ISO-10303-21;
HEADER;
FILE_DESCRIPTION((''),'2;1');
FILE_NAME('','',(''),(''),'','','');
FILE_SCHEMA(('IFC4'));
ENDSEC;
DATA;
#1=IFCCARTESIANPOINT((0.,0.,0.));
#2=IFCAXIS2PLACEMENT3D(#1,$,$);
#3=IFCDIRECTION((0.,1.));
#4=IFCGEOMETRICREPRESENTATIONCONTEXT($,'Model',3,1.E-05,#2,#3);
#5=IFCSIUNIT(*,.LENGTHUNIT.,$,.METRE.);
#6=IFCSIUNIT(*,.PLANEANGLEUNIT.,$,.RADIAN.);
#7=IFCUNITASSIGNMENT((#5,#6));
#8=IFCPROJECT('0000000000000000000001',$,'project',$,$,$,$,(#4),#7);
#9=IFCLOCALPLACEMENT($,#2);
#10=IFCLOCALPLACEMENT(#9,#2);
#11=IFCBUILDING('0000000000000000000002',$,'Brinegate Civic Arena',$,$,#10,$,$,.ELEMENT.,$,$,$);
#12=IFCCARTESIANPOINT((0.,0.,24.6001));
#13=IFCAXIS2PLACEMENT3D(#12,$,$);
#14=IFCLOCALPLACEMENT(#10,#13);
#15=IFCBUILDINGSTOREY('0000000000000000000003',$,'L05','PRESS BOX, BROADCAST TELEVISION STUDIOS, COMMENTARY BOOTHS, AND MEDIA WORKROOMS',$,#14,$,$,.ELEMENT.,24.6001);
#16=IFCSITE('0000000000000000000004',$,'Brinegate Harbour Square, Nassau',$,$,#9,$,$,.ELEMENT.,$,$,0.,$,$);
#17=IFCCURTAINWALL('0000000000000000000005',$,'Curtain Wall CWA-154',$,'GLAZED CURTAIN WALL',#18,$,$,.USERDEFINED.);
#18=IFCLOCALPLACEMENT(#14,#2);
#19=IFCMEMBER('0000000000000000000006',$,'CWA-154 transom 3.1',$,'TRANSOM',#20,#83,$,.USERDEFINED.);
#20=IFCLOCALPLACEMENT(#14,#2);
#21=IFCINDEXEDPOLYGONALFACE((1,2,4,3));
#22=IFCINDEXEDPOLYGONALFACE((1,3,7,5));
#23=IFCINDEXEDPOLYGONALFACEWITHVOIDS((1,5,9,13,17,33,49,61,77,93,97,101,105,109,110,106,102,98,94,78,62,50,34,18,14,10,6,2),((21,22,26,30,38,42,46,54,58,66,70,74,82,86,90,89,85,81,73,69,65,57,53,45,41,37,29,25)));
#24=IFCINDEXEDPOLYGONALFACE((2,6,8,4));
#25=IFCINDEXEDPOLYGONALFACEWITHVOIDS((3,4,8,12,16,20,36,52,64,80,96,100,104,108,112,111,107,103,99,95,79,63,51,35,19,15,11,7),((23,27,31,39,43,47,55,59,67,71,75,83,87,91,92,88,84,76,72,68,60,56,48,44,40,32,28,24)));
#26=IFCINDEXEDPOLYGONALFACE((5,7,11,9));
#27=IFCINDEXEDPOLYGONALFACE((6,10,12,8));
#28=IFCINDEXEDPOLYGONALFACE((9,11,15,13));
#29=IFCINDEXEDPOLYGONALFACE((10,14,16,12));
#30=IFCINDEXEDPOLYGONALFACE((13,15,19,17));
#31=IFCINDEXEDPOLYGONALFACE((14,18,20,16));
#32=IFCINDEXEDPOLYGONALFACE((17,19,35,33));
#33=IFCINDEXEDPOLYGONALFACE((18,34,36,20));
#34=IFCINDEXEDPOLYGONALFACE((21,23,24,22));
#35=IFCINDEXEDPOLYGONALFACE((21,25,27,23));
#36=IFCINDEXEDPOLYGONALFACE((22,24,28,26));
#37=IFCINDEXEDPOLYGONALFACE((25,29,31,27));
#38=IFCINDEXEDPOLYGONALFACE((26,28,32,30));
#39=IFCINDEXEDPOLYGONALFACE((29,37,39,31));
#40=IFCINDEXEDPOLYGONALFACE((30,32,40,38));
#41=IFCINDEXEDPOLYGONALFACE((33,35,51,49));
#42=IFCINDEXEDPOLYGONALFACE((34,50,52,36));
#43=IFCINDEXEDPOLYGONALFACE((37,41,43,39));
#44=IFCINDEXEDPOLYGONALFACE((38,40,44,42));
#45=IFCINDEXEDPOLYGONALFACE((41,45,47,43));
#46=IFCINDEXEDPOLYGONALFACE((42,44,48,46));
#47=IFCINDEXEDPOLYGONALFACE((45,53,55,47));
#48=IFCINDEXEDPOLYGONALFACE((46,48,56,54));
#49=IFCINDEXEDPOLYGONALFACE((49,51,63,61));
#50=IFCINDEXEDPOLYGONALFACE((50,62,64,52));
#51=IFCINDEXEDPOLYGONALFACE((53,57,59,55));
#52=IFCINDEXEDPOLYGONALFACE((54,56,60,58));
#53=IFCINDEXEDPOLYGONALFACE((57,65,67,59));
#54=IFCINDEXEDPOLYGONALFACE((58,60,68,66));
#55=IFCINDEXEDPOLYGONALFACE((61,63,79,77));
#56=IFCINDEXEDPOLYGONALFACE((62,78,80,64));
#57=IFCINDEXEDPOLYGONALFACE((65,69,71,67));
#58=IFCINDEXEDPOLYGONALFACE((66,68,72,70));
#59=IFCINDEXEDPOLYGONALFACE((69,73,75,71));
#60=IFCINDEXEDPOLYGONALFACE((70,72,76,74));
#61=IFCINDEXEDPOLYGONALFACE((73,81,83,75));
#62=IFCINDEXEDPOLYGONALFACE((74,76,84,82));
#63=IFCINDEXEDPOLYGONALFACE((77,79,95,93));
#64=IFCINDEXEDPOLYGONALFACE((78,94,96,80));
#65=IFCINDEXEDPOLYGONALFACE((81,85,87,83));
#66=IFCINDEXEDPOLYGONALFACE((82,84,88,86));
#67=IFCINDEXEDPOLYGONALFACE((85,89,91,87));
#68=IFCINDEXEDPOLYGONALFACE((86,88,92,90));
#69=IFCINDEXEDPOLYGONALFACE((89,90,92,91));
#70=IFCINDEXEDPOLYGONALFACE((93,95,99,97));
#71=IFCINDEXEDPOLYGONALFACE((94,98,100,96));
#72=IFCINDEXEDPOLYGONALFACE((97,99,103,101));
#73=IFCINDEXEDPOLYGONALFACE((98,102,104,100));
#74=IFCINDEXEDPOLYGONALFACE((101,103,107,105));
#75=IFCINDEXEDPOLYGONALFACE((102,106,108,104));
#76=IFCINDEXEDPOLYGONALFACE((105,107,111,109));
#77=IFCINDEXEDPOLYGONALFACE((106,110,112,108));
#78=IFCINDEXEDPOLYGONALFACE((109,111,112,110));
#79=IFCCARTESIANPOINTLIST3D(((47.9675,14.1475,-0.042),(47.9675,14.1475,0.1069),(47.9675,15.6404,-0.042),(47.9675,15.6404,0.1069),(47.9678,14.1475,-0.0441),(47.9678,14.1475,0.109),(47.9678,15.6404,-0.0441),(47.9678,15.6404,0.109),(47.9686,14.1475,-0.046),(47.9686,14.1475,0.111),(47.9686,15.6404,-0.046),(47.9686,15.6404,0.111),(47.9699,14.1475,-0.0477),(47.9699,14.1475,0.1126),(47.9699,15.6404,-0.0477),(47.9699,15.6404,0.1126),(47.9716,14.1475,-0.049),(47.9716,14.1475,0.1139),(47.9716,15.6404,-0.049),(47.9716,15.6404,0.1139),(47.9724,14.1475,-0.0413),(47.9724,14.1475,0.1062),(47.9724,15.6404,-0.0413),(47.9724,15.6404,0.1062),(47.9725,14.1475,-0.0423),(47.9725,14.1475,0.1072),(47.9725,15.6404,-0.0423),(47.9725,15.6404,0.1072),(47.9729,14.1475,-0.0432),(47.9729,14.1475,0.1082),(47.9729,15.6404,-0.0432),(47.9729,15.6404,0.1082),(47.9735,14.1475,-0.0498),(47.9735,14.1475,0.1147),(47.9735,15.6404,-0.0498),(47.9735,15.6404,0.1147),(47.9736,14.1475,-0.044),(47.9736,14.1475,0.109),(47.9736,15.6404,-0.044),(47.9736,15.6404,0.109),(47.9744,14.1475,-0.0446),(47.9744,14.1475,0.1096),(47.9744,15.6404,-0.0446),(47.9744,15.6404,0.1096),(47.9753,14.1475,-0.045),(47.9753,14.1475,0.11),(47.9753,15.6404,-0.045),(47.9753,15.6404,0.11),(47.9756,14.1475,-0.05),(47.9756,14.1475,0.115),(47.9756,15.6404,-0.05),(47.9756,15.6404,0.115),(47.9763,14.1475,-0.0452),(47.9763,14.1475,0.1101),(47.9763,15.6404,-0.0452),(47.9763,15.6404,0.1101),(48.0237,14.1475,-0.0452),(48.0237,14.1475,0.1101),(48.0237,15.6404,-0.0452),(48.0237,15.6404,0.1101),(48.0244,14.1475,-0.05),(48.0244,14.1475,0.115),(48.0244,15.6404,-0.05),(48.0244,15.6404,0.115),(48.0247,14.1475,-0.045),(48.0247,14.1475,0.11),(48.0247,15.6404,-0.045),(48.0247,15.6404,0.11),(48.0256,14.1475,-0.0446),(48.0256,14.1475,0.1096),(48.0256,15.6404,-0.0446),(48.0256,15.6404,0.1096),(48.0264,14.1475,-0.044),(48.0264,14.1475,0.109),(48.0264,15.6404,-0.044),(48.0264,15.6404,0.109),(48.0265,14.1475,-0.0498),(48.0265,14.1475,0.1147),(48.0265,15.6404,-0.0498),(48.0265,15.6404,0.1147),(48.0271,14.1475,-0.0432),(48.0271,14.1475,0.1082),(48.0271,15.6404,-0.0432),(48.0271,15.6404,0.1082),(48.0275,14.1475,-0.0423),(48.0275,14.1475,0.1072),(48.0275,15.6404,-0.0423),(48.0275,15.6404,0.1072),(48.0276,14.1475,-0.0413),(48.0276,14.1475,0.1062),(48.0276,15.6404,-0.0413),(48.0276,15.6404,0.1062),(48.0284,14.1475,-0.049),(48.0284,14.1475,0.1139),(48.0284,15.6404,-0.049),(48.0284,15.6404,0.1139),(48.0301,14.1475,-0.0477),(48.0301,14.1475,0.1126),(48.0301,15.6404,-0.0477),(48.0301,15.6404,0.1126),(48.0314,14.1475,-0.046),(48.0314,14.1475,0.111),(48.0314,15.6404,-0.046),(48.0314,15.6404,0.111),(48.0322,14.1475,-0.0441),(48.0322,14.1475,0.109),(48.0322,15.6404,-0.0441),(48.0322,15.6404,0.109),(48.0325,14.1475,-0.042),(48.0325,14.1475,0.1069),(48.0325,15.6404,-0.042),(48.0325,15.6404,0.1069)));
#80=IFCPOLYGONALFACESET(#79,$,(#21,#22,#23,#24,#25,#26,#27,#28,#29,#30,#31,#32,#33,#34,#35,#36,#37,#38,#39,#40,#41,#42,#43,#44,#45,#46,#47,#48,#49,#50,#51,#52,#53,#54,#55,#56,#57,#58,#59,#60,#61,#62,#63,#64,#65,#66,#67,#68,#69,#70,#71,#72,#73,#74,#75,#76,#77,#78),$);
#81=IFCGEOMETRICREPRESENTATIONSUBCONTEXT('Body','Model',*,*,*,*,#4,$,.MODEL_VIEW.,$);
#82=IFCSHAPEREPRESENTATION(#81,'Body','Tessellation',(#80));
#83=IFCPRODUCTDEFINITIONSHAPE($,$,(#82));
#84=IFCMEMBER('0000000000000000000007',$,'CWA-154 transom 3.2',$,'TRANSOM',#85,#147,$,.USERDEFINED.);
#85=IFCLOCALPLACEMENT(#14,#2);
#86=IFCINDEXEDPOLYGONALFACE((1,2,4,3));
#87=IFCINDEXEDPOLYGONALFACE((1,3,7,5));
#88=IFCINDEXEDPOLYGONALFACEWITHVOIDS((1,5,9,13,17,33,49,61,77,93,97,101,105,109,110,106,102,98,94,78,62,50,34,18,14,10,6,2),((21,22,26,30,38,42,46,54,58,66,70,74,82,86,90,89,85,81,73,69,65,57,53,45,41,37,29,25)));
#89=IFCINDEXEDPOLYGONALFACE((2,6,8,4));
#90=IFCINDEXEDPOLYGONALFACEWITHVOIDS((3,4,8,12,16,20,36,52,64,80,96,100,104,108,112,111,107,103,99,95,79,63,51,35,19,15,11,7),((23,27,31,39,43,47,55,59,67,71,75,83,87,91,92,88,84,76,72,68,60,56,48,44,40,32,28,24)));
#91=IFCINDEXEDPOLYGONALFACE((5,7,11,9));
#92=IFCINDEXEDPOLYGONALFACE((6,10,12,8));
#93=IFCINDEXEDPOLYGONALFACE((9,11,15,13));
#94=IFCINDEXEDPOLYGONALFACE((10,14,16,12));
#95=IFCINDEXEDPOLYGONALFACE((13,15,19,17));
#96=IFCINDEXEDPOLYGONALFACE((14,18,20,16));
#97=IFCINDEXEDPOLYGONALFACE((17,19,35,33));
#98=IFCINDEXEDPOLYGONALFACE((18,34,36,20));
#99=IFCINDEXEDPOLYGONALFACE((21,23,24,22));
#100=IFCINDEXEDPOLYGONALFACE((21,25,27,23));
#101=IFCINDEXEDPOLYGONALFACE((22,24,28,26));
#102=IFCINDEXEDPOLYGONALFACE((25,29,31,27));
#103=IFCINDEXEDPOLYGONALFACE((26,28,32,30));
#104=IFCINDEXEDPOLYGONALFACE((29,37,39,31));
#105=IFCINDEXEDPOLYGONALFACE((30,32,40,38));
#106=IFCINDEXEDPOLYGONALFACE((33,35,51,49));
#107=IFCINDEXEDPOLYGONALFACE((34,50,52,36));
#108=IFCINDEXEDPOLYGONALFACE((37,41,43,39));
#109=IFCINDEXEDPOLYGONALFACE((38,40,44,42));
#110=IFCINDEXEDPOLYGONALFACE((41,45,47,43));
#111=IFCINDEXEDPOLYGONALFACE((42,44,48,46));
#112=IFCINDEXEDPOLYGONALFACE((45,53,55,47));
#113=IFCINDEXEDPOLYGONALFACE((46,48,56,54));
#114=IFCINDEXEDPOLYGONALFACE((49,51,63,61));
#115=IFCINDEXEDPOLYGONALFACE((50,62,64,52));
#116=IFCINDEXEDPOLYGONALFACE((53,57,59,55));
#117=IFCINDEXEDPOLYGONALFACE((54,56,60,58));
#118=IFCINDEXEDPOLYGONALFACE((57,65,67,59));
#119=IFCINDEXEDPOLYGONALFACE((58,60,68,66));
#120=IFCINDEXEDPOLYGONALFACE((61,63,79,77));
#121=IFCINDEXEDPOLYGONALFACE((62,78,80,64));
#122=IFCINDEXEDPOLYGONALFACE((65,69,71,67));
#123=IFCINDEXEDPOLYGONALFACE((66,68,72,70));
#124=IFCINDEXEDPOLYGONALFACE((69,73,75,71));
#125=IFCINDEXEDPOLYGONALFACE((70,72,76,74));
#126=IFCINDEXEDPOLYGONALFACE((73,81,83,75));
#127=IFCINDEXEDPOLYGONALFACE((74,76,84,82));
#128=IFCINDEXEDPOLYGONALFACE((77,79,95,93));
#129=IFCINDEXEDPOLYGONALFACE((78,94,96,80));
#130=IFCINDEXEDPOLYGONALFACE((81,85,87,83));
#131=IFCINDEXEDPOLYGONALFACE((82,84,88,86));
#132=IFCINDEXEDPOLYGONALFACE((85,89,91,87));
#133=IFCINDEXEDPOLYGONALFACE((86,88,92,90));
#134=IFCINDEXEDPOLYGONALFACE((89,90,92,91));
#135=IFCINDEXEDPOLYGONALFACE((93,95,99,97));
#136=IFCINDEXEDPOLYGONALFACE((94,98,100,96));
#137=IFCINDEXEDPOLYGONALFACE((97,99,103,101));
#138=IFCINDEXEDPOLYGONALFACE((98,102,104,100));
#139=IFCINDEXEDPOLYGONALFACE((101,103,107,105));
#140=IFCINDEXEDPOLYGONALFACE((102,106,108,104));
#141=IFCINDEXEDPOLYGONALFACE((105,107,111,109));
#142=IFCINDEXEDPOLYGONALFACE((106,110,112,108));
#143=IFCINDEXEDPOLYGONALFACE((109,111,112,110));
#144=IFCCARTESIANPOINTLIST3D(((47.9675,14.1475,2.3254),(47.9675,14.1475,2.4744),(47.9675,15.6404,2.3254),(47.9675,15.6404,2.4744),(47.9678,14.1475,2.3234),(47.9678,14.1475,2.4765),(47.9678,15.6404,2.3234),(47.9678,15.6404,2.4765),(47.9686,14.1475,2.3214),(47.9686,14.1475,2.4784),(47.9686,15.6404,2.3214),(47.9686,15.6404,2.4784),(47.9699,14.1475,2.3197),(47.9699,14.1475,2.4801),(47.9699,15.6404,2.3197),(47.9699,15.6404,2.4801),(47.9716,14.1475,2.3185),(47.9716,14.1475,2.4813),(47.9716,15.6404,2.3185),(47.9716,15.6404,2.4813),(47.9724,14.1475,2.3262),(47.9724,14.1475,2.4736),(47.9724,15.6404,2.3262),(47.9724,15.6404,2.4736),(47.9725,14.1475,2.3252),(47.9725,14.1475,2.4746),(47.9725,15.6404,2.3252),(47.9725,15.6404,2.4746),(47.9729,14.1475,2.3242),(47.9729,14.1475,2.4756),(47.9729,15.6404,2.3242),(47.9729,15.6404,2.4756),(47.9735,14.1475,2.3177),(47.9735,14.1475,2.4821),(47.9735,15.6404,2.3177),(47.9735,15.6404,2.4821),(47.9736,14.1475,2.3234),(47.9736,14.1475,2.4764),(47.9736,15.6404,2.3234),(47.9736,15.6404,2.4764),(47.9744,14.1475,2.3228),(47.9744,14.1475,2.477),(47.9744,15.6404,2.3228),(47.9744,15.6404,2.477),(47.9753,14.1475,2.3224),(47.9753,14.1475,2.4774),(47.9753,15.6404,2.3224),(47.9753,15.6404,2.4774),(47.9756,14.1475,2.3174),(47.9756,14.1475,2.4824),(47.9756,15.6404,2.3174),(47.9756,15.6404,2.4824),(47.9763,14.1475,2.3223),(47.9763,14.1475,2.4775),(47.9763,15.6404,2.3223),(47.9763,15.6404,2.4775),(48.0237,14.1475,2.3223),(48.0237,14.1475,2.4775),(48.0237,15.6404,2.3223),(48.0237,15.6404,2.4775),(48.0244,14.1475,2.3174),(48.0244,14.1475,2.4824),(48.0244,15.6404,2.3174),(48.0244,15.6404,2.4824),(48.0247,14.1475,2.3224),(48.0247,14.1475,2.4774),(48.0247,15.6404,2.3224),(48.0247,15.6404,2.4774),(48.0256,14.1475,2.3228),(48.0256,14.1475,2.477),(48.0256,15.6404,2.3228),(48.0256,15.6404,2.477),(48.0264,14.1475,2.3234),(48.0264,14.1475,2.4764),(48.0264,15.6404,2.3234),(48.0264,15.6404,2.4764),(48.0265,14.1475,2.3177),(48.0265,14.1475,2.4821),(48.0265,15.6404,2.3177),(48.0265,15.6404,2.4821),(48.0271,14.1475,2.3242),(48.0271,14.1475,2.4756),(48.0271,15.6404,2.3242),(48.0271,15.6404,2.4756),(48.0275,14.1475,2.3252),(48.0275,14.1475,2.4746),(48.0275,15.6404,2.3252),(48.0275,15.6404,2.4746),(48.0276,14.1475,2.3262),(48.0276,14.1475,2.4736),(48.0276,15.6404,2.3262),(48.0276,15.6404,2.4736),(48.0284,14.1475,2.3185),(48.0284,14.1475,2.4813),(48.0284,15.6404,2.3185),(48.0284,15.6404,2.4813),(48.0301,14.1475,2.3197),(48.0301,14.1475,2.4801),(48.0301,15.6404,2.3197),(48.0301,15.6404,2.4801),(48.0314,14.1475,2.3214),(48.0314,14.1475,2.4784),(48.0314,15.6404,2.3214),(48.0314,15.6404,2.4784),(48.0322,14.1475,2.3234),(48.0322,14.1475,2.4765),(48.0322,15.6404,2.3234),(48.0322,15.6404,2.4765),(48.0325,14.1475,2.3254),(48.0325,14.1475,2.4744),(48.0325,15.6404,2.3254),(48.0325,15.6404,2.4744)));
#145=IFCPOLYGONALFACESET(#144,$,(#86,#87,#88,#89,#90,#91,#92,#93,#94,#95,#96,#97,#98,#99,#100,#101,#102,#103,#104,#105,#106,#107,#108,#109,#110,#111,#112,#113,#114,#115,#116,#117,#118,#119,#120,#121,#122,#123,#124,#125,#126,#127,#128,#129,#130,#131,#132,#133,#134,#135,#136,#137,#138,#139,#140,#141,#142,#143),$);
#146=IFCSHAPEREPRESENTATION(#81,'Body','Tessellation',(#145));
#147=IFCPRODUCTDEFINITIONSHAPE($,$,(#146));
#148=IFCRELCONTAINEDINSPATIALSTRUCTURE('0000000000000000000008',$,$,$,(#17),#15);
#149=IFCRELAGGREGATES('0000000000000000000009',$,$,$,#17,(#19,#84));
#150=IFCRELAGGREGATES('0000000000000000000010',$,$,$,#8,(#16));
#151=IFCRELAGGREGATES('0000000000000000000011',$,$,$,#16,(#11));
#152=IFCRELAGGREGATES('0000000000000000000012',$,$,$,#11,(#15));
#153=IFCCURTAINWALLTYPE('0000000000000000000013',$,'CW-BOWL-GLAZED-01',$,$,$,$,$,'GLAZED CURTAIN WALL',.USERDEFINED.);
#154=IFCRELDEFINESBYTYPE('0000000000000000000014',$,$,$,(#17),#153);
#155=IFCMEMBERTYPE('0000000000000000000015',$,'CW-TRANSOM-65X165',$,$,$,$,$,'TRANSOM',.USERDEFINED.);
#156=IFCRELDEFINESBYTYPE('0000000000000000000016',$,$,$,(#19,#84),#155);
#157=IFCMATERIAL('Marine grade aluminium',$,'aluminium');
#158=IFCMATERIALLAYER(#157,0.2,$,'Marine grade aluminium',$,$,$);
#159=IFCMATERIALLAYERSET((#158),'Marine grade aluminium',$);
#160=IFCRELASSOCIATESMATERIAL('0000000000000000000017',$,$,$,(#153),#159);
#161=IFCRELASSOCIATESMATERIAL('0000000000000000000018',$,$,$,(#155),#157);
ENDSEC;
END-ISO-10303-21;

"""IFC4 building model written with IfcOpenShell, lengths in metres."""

from ifc_helpers import new_model, si_unit, direction, frame, origin, origin_2d, place, context, subcontext, project, spatial, hollow_rectangle, extrude, material, layer, layer_set, material_profile, profile_set, type_object, element, aggregate, save


model = new_model("IFC4")

# Units and contexts
model_context = context("Model", 3, precision=1e-05, world=origin(), true_north=direction((0.0, 1.0)))
body_context = subcontext(model_context, "Body", "Model", "MODEL_VIEW")
ifc_project = project(units=[si_unit("LENGTHUNIT", "METRE"), si_unit("PLANEANGLEUNIT", "RADIAN")], contexts=[model_context])

# Site, building, storey
site_placement = place(None, origin())
site = spatial("IfcSite", under=ifc_project, at=site_placement, Name="Brinegate Harbour Square, Nassau", CompositionType="ELEMENT", RefElevation=0.0)
building_placement = place(site_placement, origin())
building = spatial("IfcBuilding", under=site, at=building_placement, Name="Brinegate Civic Arena", CompositionType="ELEMENT")
storey_placement = place(building_placement, frame((0.0, 0.0, 24.6001)))
storey = spatial("IfcBuildingStorey", under=building, at=storey_placement, Name="L05", Description="PRESS BOX, BROADCAST TELEVISION STUDIOS, COMMENTARY BOOTHS, AND MEDIA WORKROOMS", CompositionType="ELEMENT", Elevation=24.6001)

# Curtain wall
ifc_material_1 = material(Name="Marine grade aluminium", Category="aluminium")
ifc_layer_1 = layer(ifc_material_1, 0.2, Name="Marine grade aluminium")
ifc_layer_set_1 = layer_set([ifc_layer_1], Name="Marine grade aluminium")
curtain_wall_type = type_object("IfcCurtainWallType", Name="CW-BOWL-GLAZED-01", ElementType="GLAZED CURTAIN WALL", PredefinedType="USERDEFINED", material=ifc_layer_set_1)
curtain_wall_1_placement = place(storey_placement, origin())
curtain_wall_1 = element("IfcCurtainWall", 1, at=curtain_wall_1_placement, inside=storey, type_object=curtain_wall_type, Name="Curtain Wall CWA-154", ObjectType="GLAZED CURTAIN WALL", PredefinedType="USERDEFINED")

# Members
ifc_material_profile_1 = material_profile(ifc_material_1, hollow_rectangle(XDim=0.0649, YDim=0.165, WallThickness=0.0049, InnerFilletRadius=0.0039, OuterFilletRadius=0.0081, at=origin_2d()), Name="TRN65X165")
ifc_profile_set_1 = profile_set([ifc_material_profile_1], Name="Marine grade aluminium")
member_type_1 = type_object("IfcMemberType", Name="CW-TRANSOM-65X165", ElementType="TRANSOM", PredefinedType="USERDEFINED", material=ifc_profile_set_1)
member_1_placement = place(storey_placement, frame((48.0, 14.1475, 0.0325), z_axis=(0.0, 1.0, 0.0), x_axis=(-1.0, 0.0, 0.0)))
member_1 = element("IfcMember", 2, at=member_1_placement, type_object=member_type_1, Name="CWA-154 transom 3.1", ObjectType="TRANSOM", PredefinedType="USERDEFINED", context=body_context, shape_type="SweptSolid", body=[
    extrude(hollow_rectangle(XDim=0.0649, YDim=0.165, WallThickness=0.0049, InnerFilletRadius=0.0039, OuterFilletRadius=0.0081, at=origin_2d()), origin(), (0.0, 0.0, 1.0), 1.4929),
])
member_2_placement = place(storey_placement, frame((48.0, 14.1475, 2.3999), z_axis=(0.0, 1.0, 0.0), x_axis=(-1.0, 0.0, 0.0)))
member_2 = element("IfcMember", 3, at=member_2_placement, type_object=member_type_1, Name="CWA-154 transom 3.2", ObjectType="TRANSOM", PredefinedType="USERDEFINED", context=body_context, shape_type="SweptSolid", body=[
    extrude(hollow_rectangle(XDim=0.0649, YDim=0.165, WallThickness=0.0049, InnerFilletRadius=0.0039, OuterFilletRadius=0.0081, at=origin_2d()), origin(), (0.0, 0.0, 1.0), 1.4929),
])

aggregate(curtain_wall_1, [member_1, member_2])

save(model, "model.ifc")
